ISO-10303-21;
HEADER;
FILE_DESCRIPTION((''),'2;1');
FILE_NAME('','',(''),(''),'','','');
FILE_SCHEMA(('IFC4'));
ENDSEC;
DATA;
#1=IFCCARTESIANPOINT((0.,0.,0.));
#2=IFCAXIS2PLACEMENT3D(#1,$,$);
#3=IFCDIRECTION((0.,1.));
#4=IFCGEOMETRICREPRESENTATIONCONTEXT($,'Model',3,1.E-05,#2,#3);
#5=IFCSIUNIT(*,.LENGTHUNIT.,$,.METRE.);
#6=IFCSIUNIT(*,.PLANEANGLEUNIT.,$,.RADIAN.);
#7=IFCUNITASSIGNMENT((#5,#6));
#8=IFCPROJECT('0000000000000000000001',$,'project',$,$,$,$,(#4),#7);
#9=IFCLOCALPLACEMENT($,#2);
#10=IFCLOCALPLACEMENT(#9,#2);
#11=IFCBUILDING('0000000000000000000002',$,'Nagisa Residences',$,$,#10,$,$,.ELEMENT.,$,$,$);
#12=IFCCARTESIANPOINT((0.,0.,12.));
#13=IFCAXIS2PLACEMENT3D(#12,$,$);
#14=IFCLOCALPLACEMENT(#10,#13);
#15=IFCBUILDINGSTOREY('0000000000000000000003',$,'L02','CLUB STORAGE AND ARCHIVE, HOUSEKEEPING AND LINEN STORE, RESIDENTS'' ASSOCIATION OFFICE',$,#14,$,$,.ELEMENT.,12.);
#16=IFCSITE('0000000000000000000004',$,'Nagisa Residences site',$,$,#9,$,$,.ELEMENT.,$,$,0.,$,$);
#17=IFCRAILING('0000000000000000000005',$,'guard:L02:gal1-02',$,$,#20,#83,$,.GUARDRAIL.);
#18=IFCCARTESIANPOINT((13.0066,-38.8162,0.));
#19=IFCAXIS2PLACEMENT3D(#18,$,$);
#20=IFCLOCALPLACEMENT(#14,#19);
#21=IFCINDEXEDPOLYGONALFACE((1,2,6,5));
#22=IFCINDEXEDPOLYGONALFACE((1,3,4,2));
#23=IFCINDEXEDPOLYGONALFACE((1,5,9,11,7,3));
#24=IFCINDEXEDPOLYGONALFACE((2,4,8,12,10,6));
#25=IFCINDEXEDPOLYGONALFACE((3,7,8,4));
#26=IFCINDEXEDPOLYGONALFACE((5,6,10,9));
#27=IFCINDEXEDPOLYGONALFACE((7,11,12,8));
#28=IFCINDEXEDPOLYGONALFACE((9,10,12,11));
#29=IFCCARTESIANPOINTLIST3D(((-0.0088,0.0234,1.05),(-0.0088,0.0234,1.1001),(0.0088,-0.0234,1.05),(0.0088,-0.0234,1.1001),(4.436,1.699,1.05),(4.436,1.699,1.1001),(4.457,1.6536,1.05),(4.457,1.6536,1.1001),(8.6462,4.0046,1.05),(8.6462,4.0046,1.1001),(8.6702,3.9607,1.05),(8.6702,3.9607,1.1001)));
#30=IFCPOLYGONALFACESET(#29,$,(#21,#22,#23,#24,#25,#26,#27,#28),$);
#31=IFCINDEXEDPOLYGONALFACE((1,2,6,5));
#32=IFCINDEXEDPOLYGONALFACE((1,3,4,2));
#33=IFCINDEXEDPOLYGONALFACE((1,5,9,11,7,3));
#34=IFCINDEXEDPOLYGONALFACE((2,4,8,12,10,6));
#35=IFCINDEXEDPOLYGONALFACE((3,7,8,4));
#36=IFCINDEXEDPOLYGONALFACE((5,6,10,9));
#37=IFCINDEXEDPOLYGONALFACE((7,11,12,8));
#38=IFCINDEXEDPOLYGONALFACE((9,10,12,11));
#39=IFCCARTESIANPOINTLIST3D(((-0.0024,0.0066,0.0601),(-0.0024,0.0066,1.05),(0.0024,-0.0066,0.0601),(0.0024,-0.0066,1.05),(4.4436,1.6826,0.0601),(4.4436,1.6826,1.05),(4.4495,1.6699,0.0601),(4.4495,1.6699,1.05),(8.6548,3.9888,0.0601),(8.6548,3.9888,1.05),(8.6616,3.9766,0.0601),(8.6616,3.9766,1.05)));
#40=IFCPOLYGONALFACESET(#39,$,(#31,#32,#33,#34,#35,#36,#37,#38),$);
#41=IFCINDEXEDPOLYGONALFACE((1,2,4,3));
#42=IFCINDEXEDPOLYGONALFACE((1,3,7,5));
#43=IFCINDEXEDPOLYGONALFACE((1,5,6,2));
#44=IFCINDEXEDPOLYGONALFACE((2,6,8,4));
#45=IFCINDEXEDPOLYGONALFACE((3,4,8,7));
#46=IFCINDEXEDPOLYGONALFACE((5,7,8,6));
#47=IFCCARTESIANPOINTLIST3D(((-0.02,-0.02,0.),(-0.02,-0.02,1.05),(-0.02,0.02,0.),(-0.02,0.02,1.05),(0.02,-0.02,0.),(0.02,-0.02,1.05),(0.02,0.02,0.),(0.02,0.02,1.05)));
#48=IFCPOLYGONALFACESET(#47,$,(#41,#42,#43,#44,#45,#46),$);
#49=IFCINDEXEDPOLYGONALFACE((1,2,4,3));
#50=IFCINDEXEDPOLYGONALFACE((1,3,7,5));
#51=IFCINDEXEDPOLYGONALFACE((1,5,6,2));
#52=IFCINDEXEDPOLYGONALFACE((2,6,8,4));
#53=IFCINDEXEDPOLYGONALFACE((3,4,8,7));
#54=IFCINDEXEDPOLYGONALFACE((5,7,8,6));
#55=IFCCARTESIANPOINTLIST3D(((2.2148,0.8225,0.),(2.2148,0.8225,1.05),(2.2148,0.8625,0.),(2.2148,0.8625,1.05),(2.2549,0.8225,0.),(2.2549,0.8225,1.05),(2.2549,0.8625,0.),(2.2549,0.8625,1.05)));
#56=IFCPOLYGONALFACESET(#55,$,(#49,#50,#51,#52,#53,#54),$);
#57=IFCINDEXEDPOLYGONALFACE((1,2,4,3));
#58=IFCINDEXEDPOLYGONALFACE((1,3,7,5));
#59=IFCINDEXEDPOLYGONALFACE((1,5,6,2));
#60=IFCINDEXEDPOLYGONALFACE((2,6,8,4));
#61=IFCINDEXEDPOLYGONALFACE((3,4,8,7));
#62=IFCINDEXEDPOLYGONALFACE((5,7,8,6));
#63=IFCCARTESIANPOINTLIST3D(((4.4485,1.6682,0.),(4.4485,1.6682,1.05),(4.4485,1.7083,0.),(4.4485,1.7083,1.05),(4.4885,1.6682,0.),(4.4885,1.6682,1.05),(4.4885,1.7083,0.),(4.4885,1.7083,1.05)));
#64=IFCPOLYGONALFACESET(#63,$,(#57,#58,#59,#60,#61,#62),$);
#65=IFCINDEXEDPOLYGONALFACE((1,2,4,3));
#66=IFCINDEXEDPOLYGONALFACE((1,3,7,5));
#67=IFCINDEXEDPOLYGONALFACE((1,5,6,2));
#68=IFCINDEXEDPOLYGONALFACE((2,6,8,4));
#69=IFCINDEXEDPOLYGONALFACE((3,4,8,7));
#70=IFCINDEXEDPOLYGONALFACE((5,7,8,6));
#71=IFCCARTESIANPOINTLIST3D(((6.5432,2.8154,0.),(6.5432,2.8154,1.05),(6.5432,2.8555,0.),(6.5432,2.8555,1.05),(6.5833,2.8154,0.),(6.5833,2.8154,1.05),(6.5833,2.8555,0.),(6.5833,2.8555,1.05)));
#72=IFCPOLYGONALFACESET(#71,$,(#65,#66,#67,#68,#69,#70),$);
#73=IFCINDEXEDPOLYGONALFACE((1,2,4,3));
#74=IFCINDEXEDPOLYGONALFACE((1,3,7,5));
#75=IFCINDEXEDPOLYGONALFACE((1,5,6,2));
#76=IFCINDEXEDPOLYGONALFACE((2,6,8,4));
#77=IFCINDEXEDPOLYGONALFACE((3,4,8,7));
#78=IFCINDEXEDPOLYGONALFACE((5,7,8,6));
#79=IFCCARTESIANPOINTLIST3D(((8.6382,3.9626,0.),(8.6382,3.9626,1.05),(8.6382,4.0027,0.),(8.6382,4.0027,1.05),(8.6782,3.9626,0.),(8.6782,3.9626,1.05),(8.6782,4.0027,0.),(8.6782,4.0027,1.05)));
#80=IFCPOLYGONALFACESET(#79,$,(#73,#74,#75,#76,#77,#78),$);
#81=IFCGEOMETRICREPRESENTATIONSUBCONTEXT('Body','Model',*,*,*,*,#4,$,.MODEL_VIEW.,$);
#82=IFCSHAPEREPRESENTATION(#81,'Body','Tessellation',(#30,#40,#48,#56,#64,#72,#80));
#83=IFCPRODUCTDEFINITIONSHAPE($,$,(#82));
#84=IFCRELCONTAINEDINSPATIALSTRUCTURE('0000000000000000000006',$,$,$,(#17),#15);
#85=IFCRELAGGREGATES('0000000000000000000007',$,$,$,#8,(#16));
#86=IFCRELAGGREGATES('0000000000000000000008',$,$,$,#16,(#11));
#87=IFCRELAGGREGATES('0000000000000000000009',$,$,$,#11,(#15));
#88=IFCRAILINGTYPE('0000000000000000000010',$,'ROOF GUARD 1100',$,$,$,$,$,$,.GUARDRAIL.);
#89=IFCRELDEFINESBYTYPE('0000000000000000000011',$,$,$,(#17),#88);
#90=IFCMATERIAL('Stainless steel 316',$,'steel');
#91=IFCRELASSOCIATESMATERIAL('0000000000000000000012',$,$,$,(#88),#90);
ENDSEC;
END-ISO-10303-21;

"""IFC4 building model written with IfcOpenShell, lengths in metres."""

from ifc_helpers import new_model, si_unit, direction, frame, origin, origin_2d, place, context, subcontext, project, spatial, polyline, rectangle, outline, extrude, material, type_object, element, save


model = new_model("IFC4")

# Units and contexts
model_context = context("Model", 3, precision=1e-05, world=origin(), true_north=direction((0.0, 1.0)))
body_context = subcontext(model_context, "Body", "Model", "MODEL_VIEW")
ifc_project = project(units=[si_unit("LENGTHUNIT", "METRE"), si_unit("PLANEANGLEUNIT", "RADIAN")], contexts=[model_context])

# Site, building, storey
site_placement = place(None, origin())
site = spatial("IfcSite", under=ifc_project, at=site_placement, Name="Nagisa Residences site", CompositionType="ELEMENT", RefElevation=0.0)
building_placement = place(site_placement, origin())
building = spatial("IfcBuilding", under=site, at=building_placement, Name="Nagisa Residences", CompositionType="ELEMENT")
storey_placement = place(building_placement, frame((0.0, 0.0, 12.0)))
storey = spatial("IfcBuildingStorey", under=building, at=storey_placement, Name="L02", Description="CLUB STORAGE AND ARCHIVE, HOUSEKEEPING AND LINEN STORE, RESIDENTS' ASSOCIATION OFFICE", CompositionType="ELEMENT", Elevation=12.0)

# Railing
ifc_material_1 = material(Name="Stainless steel 316", Category="steel")
railing_type = type_object("IfcRailingType", Name="ROOF GUARD 1100", PredefinedType="GUARDRAIL", material=ifc_material_1)
railing_1_placement = place(storey_placement, frame((13.0066, -38.8162, 0.0)))
element("IfcRailing", 1, at=railing_1_placement, inside=storey, type_object=railing_type, Name="guard:L02:gal1-02", PredefinedType="GUARDRAIL", context=body_context, shape_type="SweptSolid", body=[
    extrude(outline(polyline([(4.436, 1.699), (-0.0088, 0.0234), (0.0088, -0.0234), (4.457, 1.6536), (8.6702, 3.9607), (8.6462, 4.0046), (4.436, 1.699)])), frame((0.0, 0.0, 1.05)), (0.0, 0.0, 1.0), 0.05),
    extrude(outline(polyline([(4.4436, 1.6826), (-0.0024, 0.0066), (0.0024, -0.0066), (4.4495, 1.6699), (8.6616, 3.9766), (8.6548, 3.9888), (4.4436, 1.6826)])), frame((0.0, 0.0, 0.0601)), (0.0, 0.0, 1.0), 0.99),
    extrude(rectangle(XDim=0.04, YDim=0.04, at=origin_2d()), origin(), (0.0, 0.0, 1.0), 1.05),
    extrude(rectangle(XDim=0.04, YDim=0.04, at=origin_2d()), frame((2.2349, 0.8425, 0.0)), (0.0, 0.0, 1.0), 1.05),
    extrude(rectangle(XDim=0.04, YDim=0.04, at=origin_2d()), frame((4.4685, 1.6882, 0.0)), (0.0, 0.0, 1.0), 1.05),
    extrude(rectangle(XDim=0.04, YDim=0.04, at=origin_2d()), frame((6.5632, 2.8354, 0.0)), (0.0, 0.0, 1.0), 1.05),
    extrude(rectangle(XDim=0.04, YDim=0.04, at=origin_2d()), frame((8.6582, 3.9827, 0.0)), (0.0, 0.0, 1.0), 1.05),
])

save(model, "model.ifc")
